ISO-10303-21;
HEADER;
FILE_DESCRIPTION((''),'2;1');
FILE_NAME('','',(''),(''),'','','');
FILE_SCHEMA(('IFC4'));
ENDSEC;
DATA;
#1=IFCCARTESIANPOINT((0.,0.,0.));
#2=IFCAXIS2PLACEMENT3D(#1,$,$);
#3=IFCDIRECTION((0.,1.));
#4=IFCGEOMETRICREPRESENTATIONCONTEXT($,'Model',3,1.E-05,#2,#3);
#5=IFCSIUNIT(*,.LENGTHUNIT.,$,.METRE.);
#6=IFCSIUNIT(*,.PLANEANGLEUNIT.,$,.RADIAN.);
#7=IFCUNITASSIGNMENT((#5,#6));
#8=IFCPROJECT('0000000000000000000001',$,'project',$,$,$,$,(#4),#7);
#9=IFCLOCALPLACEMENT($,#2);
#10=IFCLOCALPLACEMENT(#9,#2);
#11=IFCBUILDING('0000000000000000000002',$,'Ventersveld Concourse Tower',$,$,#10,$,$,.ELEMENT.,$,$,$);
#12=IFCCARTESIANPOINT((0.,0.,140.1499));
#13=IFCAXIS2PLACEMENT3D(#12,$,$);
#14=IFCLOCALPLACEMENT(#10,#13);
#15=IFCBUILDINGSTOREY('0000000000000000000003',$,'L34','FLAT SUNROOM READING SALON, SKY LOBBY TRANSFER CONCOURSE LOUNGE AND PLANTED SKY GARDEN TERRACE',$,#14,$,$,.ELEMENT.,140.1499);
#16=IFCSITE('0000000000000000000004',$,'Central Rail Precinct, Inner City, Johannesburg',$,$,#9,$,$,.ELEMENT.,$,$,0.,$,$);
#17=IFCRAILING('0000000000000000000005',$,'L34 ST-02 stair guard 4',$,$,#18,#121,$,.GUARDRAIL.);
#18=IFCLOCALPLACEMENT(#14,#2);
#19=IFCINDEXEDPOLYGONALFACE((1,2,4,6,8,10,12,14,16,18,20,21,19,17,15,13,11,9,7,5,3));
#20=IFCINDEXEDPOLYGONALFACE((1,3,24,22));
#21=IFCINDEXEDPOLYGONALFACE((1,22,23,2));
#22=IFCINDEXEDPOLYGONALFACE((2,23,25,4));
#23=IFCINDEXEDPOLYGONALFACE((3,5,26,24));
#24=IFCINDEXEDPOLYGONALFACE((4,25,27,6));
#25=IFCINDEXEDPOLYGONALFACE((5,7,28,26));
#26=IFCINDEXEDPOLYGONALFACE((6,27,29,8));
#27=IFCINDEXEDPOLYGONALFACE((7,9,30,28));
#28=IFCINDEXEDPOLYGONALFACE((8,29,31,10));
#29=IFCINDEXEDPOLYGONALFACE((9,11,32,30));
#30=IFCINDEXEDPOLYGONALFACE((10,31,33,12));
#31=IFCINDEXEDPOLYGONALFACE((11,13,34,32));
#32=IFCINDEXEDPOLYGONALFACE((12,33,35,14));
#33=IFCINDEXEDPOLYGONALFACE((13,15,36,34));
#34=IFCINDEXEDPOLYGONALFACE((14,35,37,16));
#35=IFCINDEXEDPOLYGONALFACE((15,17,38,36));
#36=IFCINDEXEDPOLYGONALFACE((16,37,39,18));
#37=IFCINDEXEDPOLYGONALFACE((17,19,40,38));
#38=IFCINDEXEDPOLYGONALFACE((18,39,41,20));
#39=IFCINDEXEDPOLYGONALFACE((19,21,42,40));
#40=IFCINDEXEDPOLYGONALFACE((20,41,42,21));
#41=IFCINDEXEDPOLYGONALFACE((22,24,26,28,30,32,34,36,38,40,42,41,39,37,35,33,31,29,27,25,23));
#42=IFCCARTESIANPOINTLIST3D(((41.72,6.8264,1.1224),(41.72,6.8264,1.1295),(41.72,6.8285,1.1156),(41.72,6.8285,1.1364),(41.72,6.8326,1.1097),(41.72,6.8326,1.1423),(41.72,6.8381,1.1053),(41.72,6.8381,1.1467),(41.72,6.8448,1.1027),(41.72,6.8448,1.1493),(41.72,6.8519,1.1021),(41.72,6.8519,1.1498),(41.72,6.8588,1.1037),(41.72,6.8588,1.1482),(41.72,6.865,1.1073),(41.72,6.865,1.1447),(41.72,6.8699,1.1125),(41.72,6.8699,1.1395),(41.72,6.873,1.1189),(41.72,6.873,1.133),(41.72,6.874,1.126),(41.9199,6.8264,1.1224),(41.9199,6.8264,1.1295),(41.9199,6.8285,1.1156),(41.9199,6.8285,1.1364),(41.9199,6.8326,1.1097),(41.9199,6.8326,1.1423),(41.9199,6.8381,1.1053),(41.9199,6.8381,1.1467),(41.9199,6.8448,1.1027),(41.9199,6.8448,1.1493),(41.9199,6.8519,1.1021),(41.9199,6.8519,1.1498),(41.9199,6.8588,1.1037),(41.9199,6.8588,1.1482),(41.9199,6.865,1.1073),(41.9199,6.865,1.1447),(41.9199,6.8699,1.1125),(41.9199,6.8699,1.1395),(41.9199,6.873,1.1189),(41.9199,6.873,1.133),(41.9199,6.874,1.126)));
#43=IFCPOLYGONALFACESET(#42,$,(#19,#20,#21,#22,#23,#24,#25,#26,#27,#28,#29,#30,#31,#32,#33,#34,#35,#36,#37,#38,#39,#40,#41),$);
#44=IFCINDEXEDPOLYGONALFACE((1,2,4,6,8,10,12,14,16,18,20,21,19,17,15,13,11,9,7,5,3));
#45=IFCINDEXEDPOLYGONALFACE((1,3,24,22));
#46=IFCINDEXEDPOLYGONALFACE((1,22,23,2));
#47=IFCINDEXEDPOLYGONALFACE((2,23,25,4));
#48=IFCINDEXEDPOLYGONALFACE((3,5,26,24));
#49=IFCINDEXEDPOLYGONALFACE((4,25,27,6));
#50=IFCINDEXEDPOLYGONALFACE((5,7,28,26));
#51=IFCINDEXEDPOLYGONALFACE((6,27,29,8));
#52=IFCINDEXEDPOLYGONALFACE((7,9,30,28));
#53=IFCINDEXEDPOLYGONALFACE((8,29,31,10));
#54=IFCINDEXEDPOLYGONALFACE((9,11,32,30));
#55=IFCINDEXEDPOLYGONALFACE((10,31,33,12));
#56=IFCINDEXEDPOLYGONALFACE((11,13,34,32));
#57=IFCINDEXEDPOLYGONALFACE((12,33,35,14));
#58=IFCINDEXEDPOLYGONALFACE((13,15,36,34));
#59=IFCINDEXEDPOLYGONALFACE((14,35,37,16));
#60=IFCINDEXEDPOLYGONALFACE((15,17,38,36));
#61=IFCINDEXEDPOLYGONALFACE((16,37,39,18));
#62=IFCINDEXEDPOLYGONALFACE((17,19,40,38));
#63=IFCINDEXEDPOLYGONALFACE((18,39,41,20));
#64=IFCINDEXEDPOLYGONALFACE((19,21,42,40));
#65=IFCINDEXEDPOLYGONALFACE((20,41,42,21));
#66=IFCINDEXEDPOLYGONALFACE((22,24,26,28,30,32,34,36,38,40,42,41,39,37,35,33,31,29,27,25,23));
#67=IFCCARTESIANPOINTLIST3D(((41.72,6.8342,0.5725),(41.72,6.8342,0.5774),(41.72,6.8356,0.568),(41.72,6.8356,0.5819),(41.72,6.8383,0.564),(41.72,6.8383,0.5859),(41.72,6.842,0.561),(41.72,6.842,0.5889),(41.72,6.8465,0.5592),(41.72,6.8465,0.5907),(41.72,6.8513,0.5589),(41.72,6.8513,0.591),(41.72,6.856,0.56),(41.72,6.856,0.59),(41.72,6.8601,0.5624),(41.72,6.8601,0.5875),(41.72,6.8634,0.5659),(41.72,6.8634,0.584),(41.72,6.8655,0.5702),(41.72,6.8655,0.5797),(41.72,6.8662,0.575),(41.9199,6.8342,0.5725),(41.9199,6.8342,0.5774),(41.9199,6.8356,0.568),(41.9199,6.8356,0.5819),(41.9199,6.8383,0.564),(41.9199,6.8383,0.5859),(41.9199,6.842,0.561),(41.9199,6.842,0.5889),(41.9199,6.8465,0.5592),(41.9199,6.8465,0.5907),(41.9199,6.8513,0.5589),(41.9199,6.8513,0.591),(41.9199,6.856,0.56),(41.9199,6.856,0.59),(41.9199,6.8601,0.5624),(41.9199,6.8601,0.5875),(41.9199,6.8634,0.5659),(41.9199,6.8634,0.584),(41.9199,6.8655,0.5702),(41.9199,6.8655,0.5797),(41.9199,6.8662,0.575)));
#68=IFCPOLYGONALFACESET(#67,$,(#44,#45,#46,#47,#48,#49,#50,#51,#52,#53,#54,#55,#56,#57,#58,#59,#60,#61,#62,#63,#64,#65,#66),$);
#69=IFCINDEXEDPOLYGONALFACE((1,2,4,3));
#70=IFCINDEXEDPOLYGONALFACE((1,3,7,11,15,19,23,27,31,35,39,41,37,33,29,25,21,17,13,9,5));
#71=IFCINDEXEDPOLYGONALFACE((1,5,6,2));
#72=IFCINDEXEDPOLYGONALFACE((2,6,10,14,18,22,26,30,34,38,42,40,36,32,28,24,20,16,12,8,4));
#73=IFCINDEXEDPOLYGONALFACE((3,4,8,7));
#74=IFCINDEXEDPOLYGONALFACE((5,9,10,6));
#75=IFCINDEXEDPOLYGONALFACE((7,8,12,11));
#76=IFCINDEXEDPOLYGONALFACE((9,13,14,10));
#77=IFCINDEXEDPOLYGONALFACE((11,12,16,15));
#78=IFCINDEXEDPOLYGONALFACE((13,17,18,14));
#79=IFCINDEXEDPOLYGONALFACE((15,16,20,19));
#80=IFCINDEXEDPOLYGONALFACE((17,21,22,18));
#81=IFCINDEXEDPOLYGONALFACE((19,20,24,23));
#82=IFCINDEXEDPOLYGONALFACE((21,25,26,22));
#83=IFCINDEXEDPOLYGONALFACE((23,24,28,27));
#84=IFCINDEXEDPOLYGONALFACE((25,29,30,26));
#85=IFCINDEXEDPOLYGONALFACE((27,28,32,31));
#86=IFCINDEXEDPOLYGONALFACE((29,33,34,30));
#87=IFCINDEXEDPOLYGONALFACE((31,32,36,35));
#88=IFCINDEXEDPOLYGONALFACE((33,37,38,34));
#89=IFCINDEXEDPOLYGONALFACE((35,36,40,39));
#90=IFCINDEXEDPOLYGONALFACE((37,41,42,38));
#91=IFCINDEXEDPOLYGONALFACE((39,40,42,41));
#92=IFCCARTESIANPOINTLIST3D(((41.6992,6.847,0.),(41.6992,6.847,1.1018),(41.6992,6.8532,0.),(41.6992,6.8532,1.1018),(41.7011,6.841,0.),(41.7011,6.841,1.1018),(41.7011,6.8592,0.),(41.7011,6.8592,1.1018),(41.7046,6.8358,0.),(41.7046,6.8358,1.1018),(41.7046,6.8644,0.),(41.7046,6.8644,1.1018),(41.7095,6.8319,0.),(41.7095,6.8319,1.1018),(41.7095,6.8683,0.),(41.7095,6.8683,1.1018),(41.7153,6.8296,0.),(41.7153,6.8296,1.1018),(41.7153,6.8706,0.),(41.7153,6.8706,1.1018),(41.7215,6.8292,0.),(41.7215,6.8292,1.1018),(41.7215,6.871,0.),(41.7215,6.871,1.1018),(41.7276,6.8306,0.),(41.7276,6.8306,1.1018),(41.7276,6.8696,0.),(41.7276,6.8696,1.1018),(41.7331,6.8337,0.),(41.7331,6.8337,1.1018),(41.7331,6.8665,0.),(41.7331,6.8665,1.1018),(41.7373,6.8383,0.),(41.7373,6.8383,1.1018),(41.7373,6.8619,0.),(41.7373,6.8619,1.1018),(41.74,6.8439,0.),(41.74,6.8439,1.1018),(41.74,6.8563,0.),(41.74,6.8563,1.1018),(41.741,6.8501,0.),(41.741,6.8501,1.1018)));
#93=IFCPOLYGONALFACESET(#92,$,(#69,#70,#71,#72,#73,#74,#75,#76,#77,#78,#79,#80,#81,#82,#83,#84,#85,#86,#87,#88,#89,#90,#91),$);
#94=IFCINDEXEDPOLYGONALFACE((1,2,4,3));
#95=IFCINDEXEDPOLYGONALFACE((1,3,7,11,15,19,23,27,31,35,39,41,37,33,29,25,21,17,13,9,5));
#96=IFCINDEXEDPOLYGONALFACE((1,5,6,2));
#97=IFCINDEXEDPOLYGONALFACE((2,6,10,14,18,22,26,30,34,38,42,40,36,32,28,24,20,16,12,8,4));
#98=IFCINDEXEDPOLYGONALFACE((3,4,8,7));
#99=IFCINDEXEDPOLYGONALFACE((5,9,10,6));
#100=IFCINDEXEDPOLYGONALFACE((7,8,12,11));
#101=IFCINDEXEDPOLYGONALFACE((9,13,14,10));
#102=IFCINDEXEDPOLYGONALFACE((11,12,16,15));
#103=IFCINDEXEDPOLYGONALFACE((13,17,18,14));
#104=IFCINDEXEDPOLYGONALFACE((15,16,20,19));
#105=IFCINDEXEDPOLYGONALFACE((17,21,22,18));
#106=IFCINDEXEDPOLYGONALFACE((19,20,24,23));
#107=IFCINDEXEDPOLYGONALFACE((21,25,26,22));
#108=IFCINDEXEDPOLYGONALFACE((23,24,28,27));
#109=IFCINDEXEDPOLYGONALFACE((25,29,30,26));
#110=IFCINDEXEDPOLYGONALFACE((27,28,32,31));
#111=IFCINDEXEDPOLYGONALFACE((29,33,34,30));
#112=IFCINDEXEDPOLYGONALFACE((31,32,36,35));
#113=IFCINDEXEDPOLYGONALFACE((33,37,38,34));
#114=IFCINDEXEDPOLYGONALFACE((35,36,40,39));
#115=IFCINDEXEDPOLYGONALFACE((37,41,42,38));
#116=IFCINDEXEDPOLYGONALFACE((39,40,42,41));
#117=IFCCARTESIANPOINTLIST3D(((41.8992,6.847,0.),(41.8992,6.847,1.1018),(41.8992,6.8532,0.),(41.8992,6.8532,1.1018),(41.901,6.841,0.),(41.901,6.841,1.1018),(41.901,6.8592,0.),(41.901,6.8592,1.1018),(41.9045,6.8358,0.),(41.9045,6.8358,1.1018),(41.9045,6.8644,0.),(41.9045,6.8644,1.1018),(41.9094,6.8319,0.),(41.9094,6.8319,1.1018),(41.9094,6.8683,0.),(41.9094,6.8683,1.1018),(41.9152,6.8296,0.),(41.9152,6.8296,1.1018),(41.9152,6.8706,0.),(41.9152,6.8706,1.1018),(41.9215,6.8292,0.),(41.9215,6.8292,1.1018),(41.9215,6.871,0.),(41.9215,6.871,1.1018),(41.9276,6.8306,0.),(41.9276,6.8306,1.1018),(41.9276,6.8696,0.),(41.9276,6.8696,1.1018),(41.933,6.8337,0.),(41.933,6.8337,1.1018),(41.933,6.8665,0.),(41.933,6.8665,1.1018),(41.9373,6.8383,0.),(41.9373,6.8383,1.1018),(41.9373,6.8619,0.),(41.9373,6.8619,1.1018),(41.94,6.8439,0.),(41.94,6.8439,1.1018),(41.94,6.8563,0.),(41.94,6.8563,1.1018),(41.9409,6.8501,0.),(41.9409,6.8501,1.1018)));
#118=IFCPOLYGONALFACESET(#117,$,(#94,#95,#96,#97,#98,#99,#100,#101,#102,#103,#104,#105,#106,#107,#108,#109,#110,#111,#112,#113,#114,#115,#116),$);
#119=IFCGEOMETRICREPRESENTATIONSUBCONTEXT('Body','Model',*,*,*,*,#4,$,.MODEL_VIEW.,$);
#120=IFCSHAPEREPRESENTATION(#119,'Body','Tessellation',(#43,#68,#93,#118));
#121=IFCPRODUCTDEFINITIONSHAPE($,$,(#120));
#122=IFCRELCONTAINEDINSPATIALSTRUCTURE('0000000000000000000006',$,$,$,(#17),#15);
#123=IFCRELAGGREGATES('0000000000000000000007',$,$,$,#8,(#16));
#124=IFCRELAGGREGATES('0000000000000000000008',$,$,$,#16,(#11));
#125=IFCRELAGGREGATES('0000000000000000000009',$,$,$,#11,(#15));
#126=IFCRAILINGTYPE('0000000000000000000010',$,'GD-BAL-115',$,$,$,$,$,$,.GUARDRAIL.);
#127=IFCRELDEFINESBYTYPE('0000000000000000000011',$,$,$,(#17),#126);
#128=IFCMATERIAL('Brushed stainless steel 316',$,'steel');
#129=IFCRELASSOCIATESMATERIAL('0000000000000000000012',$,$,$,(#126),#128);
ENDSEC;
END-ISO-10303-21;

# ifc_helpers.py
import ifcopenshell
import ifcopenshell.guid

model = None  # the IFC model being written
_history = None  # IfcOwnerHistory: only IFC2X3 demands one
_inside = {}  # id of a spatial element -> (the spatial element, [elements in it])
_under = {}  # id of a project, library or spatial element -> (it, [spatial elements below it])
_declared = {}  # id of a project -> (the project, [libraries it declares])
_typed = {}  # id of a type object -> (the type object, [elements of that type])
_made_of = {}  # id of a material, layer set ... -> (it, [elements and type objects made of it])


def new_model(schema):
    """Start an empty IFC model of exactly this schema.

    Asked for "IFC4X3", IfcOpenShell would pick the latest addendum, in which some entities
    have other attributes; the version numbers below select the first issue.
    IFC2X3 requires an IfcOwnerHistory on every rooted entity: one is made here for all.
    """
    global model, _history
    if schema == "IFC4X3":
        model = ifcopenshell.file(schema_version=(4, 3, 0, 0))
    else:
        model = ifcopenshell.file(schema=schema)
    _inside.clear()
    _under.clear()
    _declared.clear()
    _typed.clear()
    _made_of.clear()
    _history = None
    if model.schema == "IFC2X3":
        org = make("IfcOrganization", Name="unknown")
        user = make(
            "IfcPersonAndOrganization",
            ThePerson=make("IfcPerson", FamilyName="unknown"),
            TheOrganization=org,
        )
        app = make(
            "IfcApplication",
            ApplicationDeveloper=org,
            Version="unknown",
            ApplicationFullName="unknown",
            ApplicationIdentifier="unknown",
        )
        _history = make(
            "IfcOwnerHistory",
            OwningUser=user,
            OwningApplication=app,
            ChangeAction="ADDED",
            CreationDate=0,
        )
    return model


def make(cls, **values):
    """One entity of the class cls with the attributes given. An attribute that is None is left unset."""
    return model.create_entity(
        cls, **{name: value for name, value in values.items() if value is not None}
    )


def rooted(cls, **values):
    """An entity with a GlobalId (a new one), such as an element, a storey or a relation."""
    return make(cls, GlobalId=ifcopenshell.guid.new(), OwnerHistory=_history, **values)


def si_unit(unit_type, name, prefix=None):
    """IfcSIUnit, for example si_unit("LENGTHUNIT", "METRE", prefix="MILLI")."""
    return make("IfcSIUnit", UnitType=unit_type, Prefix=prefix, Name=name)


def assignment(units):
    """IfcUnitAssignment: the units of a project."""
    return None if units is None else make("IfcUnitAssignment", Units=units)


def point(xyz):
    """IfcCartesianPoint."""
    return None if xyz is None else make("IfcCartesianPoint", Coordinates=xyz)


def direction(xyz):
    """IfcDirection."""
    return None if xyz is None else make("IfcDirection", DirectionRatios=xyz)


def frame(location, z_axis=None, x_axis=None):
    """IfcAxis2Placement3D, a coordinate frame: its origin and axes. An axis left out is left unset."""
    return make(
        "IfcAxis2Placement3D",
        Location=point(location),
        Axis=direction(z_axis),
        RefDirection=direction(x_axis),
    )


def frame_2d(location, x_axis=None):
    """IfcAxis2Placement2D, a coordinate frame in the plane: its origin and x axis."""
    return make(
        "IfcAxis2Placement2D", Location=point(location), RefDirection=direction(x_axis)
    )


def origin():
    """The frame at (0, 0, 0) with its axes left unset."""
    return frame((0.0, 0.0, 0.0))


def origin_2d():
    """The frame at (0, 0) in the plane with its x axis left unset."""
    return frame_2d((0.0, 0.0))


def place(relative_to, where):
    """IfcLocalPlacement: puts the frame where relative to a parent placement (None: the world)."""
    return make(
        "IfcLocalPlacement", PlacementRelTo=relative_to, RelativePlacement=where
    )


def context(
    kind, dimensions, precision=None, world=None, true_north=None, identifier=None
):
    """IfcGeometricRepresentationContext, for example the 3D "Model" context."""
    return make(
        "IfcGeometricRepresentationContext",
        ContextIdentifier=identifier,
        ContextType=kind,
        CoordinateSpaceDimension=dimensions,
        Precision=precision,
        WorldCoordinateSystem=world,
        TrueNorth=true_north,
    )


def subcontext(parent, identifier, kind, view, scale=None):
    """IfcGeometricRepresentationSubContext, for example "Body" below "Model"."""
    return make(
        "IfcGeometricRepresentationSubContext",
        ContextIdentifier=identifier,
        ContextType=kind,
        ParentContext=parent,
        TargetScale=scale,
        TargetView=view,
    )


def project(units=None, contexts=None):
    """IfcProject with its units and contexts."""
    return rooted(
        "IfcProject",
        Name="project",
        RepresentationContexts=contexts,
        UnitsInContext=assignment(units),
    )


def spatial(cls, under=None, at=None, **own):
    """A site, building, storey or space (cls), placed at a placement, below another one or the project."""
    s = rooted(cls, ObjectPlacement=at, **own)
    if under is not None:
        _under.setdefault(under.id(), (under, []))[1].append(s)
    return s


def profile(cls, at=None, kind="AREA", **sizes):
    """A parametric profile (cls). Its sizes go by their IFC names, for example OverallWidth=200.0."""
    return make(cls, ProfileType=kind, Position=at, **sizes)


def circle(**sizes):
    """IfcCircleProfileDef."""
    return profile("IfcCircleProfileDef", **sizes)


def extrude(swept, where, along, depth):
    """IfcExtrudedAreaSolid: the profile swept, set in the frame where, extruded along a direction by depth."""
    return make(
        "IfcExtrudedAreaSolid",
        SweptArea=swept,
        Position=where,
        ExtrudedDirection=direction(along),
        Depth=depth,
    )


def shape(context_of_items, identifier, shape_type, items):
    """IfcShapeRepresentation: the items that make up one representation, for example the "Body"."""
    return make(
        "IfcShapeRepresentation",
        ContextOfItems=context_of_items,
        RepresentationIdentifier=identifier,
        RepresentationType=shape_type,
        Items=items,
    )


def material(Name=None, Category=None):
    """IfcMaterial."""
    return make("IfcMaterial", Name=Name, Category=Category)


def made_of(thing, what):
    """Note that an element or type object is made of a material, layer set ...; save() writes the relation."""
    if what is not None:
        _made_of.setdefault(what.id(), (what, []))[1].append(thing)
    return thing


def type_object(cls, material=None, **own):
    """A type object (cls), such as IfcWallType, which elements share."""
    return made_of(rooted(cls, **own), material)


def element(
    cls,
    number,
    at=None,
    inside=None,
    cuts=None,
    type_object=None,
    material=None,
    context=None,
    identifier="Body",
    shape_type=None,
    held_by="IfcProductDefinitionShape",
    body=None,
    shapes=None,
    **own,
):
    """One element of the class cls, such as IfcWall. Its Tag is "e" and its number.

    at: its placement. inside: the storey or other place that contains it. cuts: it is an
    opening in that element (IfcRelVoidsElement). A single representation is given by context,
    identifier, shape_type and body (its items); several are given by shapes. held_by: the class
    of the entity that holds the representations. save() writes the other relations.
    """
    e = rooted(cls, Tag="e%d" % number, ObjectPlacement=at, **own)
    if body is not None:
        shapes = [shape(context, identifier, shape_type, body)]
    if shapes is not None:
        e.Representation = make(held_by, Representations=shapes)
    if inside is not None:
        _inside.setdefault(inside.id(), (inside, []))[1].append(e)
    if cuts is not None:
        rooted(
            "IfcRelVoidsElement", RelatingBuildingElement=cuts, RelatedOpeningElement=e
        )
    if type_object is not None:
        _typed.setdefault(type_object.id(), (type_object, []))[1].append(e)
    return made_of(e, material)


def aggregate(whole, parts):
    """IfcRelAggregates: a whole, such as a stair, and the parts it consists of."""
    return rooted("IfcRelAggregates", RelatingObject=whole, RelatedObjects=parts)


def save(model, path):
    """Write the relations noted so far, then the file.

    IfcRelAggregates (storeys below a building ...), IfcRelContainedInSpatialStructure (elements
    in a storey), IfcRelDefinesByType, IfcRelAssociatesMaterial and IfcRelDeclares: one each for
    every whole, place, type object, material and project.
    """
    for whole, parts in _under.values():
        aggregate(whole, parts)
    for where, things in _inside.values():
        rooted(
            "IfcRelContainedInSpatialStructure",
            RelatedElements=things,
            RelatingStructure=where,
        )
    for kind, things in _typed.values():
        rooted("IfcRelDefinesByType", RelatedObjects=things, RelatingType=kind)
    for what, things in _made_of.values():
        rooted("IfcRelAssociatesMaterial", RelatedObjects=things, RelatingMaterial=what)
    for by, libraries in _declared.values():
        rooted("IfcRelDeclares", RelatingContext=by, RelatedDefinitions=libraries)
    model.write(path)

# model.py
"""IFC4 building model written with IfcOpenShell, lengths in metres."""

from ifc_helpers import new_model, si_unit, direction, frame, origin, origin_2d, place, context, subcontext, project, spatial, circle, extrude, material, type_object, element, save


model = new_model("IFC4")

# Units and contexts
model_context = context("Model", 3, precision=1e-05, world=origin(), true_north=direction((0.0, 1.0)))
body_context = subcontext(model_context, "Body", "Model", "MODEL_VIEW")
ifc_project = project(units=[si_unit("LENGTHUNIT", "METRE"), si_unit("PLANEANGLEUNIT", "RADIAN")], contexts=[model_context])

# Site, building, storey
site_placement = place(None, origin())
site = spatial("IfcSite", under=ifc_project, at=site_placement, Name="Central Rail Precinct, Inner City, Johannesburg", CompositionType="ELEMENT", RefElevation=0.0)
building_placement = place(site_placement, origin())
building = spatial("IfcBuilding", under=site, at=building_placement, Name="Ventersveld Concourse Tower", CompositionType="ELEMENT")
storey_placement = place(building_placement, frame((0.0, 0.0, 140.1499)))
storey = spatial("IfcBuildingStorey", under=building, at=storey_placement, Name="L34", Description="FLAT SUNROOM READING SALON, SKY LOBBY TRANSFER CONCOURSE LOUNGE AND PLANTED SKY GARDEN TERRACE", CompositionType="ELEMENT", Elevation=140.1499)

# Railing
ifc_material_1 = material(Name="Brushed stainless steel 316", Category="steel")
railing_type_1 = type_object("IfcRailingType", Name="GD-BAL-115", PredefinedType="GUARDRAIL", material=ifc_material_1)
railing_1_placement = place(storey_placement, frame((41.72, 6.8501, 0.0)))
element("IfcRailing", 1, at=railing_1_placement, inside=storey, type_object=railing_type_1, Name="L34 ST-02 stair guard 4", PredefinedType="GUARDRAIL", context=body_context, shape_type="SweptSolid", body=[
    extrude(circle(Radius=0.0239, at=origin_2d()), frame((0.0, 0.0, 1.126), z_axis=(1.0, 0.0, 0.0), x_axis=(0.0, 1.0, 0.0)), (0.0, 0.0, 1.0), 0.2),
    extrude(circle(Radius=0.0161, at=origin_2d()), frame((0.0, 0.0, 0.575), z_axis=(1.0, 0.0, 0.0), x_axis=(0.0, 1.0, 0.0)), (0.0, 0.0, 1.0), 0.2),
    extrude(circle(Radius=0.021, at=origin_2d()), origin(), (0.0, 0.0, 1.0), 1.1018),
    extrude(circle(Radius=0.021, at=origin_2d()), frame((0.2, 0.0, 0.0)), (0.0, 0.0, 1.0), 1.1018),
])

save(model, "model.ifc")
